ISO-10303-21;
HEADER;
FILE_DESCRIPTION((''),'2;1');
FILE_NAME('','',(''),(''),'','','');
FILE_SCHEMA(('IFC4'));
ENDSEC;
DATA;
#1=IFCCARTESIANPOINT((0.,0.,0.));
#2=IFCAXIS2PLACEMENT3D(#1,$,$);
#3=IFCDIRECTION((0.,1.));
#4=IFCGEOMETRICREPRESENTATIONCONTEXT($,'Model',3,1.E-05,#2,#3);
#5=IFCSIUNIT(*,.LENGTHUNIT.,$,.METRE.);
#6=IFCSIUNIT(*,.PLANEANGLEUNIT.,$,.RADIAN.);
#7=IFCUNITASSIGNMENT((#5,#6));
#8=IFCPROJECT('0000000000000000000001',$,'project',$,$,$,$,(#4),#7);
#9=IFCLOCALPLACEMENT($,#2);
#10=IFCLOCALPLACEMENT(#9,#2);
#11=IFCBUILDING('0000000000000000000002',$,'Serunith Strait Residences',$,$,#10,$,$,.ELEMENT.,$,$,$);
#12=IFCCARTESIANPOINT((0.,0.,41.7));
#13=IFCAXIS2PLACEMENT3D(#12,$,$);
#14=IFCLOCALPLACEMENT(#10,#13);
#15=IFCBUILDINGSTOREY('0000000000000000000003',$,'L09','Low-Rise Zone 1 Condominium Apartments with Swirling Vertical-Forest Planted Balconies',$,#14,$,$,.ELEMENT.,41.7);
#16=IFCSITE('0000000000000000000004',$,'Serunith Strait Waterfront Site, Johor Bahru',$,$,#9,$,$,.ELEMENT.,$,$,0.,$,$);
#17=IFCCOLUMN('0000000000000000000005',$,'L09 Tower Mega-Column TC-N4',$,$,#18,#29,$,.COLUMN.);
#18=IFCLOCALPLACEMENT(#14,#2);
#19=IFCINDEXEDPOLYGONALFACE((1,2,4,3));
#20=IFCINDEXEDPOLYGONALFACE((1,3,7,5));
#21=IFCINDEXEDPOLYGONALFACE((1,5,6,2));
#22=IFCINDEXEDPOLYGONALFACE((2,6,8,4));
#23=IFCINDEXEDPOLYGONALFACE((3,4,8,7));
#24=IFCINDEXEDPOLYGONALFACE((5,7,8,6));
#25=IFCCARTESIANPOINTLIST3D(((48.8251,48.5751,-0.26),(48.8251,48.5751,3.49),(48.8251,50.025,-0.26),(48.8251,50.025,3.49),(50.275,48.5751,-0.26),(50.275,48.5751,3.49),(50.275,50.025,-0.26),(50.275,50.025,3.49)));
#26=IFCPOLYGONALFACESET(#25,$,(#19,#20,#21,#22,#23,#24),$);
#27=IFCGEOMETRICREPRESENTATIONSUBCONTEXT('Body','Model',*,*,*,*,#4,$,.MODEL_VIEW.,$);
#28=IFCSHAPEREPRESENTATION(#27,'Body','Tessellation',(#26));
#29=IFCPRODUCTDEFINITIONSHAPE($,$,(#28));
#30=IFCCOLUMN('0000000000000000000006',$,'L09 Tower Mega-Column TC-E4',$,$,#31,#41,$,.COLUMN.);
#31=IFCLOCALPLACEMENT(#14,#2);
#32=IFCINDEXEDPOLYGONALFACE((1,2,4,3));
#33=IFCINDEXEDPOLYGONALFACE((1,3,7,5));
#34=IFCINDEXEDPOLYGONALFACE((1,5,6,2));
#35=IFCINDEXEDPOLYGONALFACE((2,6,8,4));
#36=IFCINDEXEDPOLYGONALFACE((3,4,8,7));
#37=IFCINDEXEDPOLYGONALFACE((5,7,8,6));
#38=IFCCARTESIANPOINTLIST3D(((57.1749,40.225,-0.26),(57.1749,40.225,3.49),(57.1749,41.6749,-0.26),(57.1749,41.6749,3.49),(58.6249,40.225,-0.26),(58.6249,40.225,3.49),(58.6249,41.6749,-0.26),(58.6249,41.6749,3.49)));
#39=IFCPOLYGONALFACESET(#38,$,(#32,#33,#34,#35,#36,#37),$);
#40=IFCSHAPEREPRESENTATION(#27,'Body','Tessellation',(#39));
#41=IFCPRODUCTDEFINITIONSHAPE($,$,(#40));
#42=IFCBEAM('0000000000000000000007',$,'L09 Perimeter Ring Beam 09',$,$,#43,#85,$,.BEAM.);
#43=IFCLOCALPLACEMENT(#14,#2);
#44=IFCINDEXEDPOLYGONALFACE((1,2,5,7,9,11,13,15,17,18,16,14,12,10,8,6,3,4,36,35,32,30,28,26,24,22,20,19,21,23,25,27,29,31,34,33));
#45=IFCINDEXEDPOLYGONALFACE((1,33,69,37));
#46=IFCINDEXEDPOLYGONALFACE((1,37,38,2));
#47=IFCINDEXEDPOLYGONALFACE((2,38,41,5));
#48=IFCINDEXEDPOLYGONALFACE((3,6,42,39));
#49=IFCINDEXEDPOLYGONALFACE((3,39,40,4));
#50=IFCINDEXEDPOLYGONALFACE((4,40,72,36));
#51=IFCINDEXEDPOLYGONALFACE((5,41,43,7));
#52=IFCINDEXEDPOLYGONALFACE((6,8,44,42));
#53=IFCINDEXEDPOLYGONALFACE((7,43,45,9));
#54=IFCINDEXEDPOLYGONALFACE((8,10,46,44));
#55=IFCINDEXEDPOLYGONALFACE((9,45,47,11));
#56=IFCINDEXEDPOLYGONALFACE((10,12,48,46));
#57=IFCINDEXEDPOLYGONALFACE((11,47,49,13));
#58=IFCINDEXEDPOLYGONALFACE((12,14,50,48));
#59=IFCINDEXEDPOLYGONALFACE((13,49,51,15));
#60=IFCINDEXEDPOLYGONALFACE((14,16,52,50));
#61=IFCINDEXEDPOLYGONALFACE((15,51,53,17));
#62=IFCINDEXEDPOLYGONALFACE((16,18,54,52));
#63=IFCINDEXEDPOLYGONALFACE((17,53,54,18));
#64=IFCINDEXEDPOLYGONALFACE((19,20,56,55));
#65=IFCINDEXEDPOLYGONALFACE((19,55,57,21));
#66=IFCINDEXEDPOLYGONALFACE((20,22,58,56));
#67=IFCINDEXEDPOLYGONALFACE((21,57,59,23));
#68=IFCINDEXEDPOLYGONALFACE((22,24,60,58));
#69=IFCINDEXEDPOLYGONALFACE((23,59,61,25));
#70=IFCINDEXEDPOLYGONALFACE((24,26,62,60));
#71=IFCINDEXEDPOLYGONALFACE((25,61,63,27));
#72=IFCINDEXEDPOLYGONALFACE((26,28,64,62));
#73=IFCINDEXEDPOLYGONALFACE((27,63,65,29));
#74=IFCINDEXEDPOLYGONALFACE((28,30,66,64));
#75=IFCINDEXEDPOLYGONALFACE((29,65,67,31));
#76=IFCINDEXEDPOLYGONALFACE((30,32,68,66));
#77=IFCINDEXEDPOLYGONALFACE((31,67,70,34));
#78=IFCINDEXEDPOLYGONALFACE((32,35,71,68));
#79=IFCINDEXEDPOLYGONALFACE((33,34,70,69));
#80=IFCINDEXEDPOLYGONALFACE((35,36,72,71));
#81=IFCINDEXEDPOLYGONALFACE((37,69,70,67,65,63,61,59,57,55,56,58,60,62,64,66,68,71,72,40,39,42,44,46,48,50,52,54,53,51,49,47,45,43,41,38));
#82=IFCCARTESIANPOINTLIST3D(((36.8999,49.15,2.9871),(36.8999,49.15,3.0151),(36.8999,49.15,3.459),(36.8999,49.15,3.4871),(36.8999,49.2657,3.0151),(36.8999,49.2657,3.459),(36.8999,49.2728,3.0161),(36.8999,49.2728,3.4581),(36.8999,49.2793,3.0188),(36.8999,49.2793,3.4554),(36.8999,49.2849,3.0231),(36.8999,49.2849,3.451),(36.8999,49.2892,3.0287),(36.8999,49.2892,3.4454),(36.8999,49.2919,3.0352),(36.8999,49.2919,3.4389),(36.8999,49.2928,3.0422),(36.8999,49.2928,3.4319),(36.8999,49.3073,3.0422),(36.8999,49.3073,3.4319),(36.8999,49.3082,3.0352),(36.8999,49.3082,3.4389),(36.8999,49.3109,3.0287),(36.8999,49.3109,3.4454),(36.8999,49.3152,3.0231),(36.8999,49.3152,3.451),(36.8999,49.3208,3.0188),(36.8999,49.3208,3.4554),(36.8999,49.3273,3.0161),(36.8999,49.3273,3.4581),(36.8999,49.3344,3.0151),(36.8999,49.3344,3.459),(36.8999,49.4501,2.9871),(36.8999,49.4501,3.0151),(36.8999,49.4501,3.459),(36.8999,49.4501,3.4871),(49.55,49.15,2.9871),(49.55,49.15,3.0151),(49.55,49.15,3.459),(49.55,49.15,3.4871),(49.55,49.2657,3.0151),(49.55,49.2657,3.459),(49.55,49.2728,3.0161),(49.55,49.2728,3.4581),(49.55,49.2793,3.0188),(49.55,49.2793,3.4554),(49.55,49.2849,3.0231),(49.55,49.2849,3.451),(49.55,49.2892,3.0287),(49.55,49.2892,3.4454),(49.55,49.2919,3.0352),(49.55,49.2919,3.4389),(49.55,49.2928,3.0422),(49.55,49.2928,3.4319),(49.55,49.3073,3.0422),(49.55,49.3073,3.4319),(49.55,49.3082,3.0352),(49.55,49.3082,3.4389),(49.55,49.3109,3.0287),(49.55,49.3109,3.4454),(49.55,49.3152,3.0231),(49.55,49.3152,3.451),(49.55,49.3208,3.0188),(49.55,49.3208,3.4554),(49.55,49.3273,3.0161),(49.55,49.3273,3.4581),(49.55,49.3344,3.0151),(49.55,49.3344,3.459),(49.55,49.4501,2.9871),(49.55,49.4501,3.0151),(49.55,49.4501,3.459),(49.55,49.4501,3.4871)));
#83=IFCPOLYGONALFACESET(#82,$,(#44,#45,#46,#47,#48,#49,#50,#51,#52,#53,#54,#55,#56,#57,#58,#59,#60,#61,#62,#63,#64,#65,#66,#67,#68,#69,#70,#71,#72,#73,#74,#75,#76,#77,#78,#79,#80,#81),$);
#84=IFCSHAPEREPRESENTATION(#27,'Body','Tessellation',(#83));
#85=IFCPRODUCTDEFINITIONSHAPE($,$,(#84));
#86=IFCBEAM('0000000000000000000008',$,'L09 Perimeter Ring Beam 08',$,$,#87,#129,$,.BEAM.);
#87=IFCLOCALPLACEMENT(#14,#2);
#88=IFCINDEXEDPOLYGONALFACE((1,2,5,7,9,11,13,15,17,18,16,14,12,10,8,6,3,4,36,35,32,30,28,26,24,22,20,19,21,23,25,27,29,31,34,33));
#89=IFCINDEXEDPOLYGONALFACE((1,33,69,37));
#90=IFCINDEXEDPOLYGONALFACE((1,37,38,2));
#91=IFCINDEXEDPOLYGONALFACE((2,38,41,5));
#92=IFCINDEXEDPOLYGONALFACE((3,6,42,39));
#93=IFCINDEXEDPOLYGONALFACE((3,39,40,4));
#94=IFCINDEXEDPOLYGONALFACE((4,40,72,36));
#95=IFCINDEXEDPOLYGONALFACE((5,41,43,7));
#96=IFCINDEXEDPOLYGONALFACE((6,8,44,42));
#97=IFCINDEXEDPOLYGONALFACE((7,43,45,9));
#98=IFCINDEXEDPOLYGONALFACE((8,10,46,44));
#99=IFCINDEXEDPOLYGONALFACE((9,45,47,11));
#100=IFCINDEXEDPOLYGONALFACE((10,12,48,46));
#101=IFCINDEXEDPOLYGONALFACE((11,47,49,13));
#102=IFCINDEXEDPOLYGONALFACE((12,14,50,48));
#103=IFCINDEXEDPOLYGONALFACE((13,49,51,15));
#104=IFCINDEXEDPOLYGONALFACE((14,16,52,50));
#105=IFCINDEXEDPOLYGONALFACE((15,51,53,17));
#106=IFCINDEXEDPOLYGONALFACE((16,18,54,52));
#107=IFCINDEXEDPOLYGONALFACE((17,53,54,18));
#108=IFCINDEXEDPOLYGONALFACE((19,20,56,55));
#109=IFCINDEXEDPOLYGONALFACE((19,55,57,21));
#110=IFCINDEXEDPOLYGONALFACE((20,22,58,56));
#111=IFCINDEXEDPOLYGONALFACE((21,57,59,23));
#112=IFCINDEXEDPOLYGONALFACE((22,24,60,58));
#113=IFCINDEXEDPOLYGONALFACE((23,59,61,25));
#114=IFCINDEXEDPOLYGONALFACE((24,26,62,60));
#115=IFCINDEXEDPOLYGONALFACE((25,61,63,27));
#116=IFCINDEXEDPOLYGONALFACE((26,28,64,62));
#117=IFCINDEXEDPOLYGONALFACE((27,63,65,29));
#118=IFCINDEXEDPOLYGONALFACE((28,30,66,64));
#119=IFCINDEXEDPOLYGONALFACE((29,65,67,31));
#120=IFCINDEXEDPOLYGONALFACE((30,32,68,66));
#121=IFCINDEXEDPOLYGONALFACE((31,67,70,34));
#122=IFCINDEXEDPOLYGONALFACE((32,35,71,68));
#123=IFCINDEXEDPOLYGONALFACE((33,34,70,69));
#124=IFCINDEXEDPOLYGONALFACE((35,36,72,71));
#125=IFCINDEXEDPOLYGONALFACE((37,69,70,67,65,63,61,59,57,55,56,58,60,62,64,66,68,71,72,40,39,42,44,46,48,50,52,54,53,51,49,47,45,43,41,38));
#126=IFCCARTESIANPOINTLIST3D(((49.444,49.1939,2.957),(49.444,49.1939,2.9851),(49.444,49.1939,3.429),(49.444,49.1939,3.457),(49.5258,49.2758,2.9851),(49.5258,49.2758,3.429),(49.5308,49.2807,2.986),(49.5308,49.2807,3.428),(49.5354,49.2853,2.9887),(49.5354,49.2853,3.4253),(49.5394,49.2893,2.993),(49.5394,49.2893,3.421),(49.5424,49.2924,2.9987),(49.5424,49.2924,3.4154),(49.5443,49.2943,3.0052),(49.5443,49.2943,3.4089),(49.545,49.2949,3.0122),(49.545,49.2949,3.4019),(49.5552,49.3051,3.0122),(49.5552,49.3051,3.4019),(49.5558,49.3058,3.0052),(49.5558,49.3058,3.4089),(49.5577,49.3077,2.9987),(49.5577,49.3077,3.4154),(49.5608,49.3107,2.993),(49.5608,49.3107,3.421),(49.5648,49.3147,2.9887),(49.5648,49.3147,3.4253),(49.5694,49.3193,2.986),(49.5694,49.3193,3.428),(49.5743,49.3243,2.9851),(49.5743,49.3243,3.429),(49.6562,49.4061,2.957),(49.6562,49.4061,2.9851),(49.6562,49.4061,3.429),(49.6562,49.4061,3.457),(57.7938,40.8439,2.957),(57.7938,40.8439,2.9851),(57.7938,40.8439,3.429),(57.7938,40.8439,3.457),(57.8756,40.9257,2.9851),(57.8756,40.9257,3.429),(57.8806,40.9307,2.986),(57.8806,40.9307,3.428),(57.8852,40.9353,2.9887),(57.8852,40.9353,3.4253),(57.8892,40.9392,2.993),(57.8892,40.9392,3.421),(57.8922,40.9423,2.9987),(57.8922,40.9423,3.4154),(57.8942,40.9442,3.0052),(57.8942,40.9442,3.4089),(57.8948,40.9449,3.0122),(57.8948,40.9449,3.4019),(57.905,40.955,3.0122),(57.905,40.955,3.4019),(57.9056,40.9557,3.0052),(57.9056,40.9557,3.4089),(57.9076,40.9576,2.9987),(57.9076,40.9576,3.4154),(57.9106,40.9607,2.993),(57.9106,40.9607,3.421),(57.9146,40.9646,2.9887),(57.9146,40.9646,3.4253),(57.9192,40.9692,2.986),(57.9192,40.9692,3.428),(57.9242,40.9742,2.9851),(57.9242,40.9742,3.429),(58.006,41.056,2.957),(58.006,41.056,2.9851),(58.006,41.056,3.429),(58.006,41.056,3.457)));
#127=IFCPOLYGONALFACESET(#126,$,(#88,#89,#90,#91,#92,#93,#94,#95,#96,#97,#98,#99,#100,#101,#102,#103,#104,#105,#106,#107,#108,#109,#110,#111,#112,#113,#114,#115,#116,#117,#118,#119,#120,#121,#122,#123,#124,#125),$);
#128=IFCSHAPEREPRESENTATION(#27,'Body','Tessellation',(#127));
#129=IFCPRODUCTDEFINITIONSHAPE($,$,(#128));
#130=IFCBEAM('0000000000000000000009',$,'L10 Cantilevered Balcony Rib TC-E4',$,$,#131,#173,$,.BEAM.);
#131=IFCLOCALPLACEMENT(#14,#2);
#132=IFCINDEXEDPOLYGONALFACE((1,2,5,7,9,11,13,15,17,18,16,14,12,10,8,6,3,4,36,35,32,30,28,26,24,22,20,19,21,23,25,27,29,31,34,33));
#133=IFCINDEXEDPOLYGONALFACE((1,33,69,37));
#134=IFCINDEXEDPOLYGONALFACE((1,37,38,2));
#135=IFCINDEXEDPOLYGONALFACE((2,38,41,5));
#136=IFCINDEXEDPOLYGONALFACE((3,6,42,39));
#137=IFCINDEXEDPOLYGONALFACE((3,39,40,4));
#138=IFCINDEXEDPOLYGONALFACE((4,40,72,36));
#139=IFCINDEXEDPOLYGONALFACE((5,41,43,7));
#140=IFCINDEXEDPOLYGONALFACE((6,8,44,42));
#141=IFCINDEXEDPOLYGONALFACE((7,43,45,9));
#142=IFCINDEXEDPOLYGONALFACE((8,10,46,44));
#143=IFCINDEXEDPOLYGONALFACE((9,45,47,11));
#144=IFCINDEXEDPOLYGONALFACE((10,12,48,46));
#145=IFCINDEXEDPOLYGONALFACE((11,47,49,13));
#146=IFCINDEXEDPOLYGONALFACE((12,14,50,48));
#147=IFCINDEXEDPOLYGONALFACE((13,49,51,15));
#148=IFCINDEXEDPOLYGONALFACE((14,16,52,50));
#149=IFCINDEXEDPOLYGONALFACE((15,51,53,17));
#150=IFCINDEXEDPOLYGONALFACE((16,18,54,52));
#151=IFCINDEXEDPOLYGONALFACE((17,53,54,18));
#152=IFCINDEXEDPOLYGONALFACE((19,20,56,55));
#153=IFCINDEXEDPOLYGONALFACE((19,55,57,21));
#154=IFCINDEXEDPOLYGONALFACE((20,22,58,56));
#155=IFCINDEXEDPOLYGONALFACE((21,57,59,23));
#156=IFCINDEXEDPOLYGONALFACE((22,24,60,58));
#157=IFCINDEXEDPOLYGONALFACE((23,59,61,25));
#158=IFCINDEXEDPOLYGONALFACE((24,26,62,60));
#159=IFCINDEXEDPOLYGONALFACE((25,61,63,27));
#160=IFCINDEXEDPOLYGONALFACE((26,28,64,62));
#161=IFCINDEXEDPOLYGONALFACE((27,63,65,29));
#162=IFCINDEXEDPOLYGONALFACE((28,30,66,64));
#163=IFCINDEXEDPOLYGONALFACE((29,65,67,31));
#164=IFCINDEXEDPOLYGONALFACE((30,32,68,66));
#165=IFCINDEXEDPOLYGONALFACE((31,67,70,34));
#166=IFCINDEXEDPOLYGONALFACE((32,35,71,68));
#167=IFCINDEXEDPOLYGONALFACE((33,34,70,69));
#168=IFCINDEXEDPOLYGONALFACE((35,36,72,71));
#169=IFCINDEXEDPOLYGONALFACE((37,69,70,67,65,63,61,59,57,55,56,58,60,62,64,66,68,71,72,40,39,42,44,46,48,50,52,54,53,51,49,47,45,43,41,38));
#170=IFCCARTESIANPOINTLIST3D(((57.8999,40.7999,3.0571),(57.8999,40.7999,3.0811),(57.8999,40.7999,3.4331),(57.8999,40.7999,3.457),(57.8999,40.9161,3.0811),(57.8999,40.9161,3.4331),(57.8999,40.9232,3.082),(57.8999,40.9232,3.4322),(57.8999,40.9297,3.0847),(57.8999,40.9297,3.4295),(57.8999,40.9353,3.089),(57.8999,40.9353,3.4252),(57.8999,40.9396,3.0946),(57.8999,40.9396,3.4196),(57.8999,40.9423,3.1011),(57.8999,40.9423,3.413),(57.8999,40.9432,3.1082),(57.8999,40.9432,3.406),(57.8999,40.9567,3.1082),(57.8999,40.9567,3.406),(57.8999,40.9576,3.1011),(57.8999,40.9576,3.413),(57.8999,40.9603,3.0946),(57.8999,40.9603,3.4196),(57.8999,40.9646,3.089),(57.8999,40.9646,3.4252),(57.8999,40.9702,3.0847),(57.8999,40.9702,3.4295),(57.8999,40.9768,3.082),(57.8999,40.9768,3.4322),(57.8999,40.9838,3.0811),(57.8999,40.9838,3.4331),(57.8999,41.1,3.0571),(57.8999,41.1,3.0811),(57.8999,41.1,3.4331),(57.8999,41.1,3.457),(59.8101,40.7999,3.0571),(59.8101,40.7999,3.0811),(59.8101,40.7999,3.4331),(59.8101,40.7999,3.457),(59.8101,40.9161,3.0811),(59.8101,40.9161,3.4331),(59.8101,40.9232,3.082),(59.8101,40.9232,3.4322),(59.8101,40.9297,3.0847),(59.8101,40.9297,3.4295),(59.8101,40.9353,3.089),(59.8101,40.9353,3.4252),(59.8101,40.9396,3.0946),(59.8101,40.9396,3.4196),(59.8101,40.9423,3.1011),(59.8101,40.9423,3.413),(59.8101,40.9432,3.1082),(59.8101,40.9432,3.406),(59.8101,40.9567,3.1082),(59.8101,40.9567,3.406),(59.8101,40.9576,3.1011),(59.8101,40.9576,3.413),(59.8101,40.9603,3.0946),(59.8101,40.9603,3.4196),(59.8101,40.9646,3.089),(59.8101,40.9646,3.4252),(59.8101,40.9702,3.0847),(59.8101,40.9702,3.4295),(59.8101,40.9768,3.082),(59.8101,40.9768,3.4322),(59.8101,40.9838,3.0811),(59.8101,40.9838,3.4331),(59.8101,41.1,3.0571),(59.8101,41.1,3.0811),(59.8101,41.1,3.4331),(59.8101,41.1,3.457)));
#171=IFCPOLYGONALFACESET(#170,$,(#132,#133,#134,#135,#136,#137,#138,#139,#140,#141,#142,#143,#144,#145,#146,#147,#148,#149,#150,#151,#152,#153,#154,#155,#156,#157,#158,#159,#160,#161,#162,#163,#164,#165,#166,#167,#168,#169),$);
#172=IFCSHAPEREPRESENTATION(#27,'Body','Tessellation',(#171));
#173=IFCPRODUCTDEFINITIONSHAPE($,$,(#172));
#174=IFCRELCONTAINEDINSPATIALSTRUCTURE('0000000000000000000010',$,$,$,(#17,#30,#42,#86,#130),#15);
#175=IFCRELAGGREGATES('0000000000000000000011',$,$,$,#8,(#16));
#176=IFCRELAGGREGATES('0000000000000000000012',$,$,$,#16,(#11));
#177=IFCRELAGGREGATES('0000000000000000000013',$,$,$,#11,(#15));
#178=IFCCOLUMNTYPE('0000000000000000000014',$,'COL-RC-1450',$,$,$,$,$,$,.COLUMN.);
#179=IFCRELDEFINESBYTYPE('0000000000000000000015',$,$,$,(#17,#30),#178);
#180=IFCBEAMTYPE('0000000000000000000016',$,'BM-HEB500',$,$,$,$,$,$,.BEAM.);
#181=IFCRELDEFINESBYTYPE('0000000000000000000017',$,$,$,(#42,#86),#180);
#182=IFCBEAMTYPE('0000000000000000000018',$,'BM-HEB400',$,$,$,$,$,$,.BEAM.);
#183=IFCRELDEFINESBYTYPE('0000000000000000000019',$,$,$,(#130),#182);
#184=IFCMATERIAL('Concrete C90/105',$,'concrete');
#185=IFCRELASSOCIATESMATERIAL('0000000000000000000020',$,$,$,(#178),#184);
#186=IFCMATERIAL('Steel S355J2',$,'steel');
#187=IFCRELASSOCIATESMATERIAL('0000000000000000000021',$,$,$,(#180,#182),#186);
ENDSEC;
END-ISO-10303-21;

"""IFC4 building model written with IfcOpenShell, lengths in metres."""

from ifc_helpers import new_model, si_unit, direction, frame, origin, origin_2d, place, context, subcontext, project, spatial, rectangle, i_section, extrude, source, transform, mapped, material, material_profile, profile_set, type_object, element, save


model = new_model("IFC4")

# Units and contexts
model_context = context("Model", 3, precision=1e-05, world=origin(), true_north=direction((0.0, 1.0)))
body_context = subcontext(model_context, "Body", "Model", "MODEL_VIEW")
ifc_project = project(units=[si_unit("LENGTHUNIT", "METRE"), si_unit("PLANEANGLEUNIT", "RADIAN")], contexts=[model_context])

# Site, building, storey
site_placement = place(None, origin())
site = spatial("IfcSite", under=ifc_project, at=site_placement, Name="Serunith Strait Waterfront Site, Johor Bahru", CompositionType="ELEMENT", RefElevation=0.0)
building_placement = place(site_placement, origin())
building = spatial("IfcBuilding", under=site, at=building_placement, Name="Serunith Strait Residences", CompositionType="ELEMENT")
storey_placement = place(building_placement, frame((0.0, 0.0, 41.7)))
storey = spatial("IfcBuildingStorey", under=building, at=storey_placement, Name="L09", Description="Low-Rise Zone 1 Condominium Apartments with Swirling Vertical-Forest Planted Balconies", CompositionType="ELEMENT", Elevation=41.7)

# Columns
ifc_material_1 = material(Name="Concrete C90/105", Category="concrete")
ifc_material_profile_1 = material_profile(ifc_material_1, rectangle(XDim=1.45, YDim=1.45, at=origin_2d()), Name="RC 1450x1450")
ifc_profile_set_1 = profile_set([ifc_material_profile_1], Name="Concrete C90/105")
column_type = type_object("IfcColumnType", Name="COL-RC-1450", PredefinedType="COLUMN", material=ifc_profile_set_1)
shared_shape_1 = source(origin(), body_context, "Body", "SweptSolid", [
    extrude(rectangle(XDim=1.45, YDim=1.45, at=origin_2d()), origin(), (0.0, 0.0, 1.0), 3.75),
])
for number, where, z_axis, x_axis, name in (
    (1, (49.55, 49.3, -0.26), (0.0, 0.0, 1.0), (1.0, 0.0, 0.0), "L09 Tower Mega-Column TC-N4"),
    (2, (57.8999, 40.95, -0.26), (0.0, 0.0, 1.0), (1.0, 0.0, 0.0), "L09 Tower Mega-Column TC-E4"),
):
    element("IfcColumn", number, at=place(storey_placement, frame(where, z_axis=z_axis, x_axis=x_axis)), inside=storey, type_object=column_type, Name=name, PredefinedType="COLUMN", context=body_context, shape_type="MappedRepresentation", body=[
        mapped(shared_shape_1, transform((0.0, 0.0, 0.0), scale=1.0)),
    ])

# Beams
ifc_material_2 = material(Name="Steel S355J2", Category="steel")
ifc_material_profile_2 = material_profile(ifc_material_2, i_section(OverallWidth=0.3, OverallDepth=0.5, WebThickness=0.0144, FlangeThickness=0.0281, FilletRadius=0.0271, at=origin_2d()), Name="HEB 500")
ifc_profile_set_2 = profile_set([ifc_material_profile_2], Name="Steel S355J2")
beam_type_1 = type_object("IfcBeamType", Name="BM-HEB500", PredefinedType="BEAM", material=ifc_profile_set_2)
shared_shape_2 = source(origin(), body_context, "Body", "SweptSolid", [
    extrude(i_section(OverallWidth=0.3, OverallDepth=0.5, WebThickness=0.0144, FlangeThickness=0.0281, FilletRadius=0.0271, at=origin_2d()), origin(), (0.0, 0.0, 1.0), 12.6501),
])
beam_1_placement = place(storey_placement, frame((49.55, 49.3, 3.2371), z_axis=(-1.0, 0.0, 0.0), x_axis=(0.0, -1.0, 0.0)))
element("IfcBeam", 3, at=beam_1_placement, inside=storey, type_object=beam_type_1, Name="L09 Perimeter Ring Beam 09", PredefinedType="BEAM", context=body_context, shape_type="MappedRepresentation", body=[
    mapped(shared_shape_2, transform((0.0, 0.0, 0.0), scale=1.0)),
])
shared_shape_3 = source(origin(), body_context, "Body", "SweptSolid", [
    extrude(i_section(OverallWidth=0.3, OverallDepth=0.5, WebThickness=0.0144, FlangeThickness=0.0281, FilletRadius=0.0271, at=origin_2d()), origin(), (0.0, 0.0, 1.0), 11.8086),
])
beam_2_placement = place(storey_placement, frame((57.8999, 40.95, 3.207), z_axis=(-0.707096, 0.707117, 0.0), x_axis=(-0.707117, -0.707096, 0.0)))
element("IfcBeam", 4, at=beam_2_placement, inside=storey, type_object=beam_type_1, Name="L09 Perimeter Ring Beam 08", PredefinedType="BEAM", context=body_context, shape_type="MappedRepresentation", body=[
    mapped(shared_shape_3, transform((0.0, 0.0, 0.0), scale=1.0)),
])
ifc_material_profile_3 = material_profile(ifc_material_2, i_section(OverallWidth=0.3, OverallDepth=0.3999, WebThickness=0.0134, FlangeThickness=0.0239, FilletRadius=0.0271, at=origin_2d()), Name="HEB 400")
ifc_profile_set_3 = profile_set([ifc_material_profile_3], Name="Steel S355J2")
beam_type_2 = type_object("IfcBeamType", Name="BM-HEB400", PredefinedType="BEAM", material=ifc_profile_set_3)
shared_shape_4 = source(origin(), body_context, "Body", "SweptSolid", [
    extrude(i_section(OverallWidth=0.3, OverallDepth=0.3999, WebThickness=0.0134, FlangeThickness=0.0239, FilletRadius=0.0271, at=origin_2d()), origin(), (0.0, 0.0, 1.0), 1.9102),
])
beam_3_placement = place(storey_placement, frame((57.8999, 40.95, 3.2571), z_axis=(1.0, 0.0, 0.0), x_axis=(0.0, 1.0, 0.0)))
element("IfcBeam", 5, at=beam_3_placement, inside=storey, type_object=beam_type_2, Name="L10 Cantilevered Balcony Rib TC-E4", PredefinedType="BEAM", context=body_context, shape_type="MappedRepresentation", body=[
    mapped(shared_shape_4, transform((0.0, 0.0, 0.0), scale=1.0)),
])

save(model, "model.ifc")
